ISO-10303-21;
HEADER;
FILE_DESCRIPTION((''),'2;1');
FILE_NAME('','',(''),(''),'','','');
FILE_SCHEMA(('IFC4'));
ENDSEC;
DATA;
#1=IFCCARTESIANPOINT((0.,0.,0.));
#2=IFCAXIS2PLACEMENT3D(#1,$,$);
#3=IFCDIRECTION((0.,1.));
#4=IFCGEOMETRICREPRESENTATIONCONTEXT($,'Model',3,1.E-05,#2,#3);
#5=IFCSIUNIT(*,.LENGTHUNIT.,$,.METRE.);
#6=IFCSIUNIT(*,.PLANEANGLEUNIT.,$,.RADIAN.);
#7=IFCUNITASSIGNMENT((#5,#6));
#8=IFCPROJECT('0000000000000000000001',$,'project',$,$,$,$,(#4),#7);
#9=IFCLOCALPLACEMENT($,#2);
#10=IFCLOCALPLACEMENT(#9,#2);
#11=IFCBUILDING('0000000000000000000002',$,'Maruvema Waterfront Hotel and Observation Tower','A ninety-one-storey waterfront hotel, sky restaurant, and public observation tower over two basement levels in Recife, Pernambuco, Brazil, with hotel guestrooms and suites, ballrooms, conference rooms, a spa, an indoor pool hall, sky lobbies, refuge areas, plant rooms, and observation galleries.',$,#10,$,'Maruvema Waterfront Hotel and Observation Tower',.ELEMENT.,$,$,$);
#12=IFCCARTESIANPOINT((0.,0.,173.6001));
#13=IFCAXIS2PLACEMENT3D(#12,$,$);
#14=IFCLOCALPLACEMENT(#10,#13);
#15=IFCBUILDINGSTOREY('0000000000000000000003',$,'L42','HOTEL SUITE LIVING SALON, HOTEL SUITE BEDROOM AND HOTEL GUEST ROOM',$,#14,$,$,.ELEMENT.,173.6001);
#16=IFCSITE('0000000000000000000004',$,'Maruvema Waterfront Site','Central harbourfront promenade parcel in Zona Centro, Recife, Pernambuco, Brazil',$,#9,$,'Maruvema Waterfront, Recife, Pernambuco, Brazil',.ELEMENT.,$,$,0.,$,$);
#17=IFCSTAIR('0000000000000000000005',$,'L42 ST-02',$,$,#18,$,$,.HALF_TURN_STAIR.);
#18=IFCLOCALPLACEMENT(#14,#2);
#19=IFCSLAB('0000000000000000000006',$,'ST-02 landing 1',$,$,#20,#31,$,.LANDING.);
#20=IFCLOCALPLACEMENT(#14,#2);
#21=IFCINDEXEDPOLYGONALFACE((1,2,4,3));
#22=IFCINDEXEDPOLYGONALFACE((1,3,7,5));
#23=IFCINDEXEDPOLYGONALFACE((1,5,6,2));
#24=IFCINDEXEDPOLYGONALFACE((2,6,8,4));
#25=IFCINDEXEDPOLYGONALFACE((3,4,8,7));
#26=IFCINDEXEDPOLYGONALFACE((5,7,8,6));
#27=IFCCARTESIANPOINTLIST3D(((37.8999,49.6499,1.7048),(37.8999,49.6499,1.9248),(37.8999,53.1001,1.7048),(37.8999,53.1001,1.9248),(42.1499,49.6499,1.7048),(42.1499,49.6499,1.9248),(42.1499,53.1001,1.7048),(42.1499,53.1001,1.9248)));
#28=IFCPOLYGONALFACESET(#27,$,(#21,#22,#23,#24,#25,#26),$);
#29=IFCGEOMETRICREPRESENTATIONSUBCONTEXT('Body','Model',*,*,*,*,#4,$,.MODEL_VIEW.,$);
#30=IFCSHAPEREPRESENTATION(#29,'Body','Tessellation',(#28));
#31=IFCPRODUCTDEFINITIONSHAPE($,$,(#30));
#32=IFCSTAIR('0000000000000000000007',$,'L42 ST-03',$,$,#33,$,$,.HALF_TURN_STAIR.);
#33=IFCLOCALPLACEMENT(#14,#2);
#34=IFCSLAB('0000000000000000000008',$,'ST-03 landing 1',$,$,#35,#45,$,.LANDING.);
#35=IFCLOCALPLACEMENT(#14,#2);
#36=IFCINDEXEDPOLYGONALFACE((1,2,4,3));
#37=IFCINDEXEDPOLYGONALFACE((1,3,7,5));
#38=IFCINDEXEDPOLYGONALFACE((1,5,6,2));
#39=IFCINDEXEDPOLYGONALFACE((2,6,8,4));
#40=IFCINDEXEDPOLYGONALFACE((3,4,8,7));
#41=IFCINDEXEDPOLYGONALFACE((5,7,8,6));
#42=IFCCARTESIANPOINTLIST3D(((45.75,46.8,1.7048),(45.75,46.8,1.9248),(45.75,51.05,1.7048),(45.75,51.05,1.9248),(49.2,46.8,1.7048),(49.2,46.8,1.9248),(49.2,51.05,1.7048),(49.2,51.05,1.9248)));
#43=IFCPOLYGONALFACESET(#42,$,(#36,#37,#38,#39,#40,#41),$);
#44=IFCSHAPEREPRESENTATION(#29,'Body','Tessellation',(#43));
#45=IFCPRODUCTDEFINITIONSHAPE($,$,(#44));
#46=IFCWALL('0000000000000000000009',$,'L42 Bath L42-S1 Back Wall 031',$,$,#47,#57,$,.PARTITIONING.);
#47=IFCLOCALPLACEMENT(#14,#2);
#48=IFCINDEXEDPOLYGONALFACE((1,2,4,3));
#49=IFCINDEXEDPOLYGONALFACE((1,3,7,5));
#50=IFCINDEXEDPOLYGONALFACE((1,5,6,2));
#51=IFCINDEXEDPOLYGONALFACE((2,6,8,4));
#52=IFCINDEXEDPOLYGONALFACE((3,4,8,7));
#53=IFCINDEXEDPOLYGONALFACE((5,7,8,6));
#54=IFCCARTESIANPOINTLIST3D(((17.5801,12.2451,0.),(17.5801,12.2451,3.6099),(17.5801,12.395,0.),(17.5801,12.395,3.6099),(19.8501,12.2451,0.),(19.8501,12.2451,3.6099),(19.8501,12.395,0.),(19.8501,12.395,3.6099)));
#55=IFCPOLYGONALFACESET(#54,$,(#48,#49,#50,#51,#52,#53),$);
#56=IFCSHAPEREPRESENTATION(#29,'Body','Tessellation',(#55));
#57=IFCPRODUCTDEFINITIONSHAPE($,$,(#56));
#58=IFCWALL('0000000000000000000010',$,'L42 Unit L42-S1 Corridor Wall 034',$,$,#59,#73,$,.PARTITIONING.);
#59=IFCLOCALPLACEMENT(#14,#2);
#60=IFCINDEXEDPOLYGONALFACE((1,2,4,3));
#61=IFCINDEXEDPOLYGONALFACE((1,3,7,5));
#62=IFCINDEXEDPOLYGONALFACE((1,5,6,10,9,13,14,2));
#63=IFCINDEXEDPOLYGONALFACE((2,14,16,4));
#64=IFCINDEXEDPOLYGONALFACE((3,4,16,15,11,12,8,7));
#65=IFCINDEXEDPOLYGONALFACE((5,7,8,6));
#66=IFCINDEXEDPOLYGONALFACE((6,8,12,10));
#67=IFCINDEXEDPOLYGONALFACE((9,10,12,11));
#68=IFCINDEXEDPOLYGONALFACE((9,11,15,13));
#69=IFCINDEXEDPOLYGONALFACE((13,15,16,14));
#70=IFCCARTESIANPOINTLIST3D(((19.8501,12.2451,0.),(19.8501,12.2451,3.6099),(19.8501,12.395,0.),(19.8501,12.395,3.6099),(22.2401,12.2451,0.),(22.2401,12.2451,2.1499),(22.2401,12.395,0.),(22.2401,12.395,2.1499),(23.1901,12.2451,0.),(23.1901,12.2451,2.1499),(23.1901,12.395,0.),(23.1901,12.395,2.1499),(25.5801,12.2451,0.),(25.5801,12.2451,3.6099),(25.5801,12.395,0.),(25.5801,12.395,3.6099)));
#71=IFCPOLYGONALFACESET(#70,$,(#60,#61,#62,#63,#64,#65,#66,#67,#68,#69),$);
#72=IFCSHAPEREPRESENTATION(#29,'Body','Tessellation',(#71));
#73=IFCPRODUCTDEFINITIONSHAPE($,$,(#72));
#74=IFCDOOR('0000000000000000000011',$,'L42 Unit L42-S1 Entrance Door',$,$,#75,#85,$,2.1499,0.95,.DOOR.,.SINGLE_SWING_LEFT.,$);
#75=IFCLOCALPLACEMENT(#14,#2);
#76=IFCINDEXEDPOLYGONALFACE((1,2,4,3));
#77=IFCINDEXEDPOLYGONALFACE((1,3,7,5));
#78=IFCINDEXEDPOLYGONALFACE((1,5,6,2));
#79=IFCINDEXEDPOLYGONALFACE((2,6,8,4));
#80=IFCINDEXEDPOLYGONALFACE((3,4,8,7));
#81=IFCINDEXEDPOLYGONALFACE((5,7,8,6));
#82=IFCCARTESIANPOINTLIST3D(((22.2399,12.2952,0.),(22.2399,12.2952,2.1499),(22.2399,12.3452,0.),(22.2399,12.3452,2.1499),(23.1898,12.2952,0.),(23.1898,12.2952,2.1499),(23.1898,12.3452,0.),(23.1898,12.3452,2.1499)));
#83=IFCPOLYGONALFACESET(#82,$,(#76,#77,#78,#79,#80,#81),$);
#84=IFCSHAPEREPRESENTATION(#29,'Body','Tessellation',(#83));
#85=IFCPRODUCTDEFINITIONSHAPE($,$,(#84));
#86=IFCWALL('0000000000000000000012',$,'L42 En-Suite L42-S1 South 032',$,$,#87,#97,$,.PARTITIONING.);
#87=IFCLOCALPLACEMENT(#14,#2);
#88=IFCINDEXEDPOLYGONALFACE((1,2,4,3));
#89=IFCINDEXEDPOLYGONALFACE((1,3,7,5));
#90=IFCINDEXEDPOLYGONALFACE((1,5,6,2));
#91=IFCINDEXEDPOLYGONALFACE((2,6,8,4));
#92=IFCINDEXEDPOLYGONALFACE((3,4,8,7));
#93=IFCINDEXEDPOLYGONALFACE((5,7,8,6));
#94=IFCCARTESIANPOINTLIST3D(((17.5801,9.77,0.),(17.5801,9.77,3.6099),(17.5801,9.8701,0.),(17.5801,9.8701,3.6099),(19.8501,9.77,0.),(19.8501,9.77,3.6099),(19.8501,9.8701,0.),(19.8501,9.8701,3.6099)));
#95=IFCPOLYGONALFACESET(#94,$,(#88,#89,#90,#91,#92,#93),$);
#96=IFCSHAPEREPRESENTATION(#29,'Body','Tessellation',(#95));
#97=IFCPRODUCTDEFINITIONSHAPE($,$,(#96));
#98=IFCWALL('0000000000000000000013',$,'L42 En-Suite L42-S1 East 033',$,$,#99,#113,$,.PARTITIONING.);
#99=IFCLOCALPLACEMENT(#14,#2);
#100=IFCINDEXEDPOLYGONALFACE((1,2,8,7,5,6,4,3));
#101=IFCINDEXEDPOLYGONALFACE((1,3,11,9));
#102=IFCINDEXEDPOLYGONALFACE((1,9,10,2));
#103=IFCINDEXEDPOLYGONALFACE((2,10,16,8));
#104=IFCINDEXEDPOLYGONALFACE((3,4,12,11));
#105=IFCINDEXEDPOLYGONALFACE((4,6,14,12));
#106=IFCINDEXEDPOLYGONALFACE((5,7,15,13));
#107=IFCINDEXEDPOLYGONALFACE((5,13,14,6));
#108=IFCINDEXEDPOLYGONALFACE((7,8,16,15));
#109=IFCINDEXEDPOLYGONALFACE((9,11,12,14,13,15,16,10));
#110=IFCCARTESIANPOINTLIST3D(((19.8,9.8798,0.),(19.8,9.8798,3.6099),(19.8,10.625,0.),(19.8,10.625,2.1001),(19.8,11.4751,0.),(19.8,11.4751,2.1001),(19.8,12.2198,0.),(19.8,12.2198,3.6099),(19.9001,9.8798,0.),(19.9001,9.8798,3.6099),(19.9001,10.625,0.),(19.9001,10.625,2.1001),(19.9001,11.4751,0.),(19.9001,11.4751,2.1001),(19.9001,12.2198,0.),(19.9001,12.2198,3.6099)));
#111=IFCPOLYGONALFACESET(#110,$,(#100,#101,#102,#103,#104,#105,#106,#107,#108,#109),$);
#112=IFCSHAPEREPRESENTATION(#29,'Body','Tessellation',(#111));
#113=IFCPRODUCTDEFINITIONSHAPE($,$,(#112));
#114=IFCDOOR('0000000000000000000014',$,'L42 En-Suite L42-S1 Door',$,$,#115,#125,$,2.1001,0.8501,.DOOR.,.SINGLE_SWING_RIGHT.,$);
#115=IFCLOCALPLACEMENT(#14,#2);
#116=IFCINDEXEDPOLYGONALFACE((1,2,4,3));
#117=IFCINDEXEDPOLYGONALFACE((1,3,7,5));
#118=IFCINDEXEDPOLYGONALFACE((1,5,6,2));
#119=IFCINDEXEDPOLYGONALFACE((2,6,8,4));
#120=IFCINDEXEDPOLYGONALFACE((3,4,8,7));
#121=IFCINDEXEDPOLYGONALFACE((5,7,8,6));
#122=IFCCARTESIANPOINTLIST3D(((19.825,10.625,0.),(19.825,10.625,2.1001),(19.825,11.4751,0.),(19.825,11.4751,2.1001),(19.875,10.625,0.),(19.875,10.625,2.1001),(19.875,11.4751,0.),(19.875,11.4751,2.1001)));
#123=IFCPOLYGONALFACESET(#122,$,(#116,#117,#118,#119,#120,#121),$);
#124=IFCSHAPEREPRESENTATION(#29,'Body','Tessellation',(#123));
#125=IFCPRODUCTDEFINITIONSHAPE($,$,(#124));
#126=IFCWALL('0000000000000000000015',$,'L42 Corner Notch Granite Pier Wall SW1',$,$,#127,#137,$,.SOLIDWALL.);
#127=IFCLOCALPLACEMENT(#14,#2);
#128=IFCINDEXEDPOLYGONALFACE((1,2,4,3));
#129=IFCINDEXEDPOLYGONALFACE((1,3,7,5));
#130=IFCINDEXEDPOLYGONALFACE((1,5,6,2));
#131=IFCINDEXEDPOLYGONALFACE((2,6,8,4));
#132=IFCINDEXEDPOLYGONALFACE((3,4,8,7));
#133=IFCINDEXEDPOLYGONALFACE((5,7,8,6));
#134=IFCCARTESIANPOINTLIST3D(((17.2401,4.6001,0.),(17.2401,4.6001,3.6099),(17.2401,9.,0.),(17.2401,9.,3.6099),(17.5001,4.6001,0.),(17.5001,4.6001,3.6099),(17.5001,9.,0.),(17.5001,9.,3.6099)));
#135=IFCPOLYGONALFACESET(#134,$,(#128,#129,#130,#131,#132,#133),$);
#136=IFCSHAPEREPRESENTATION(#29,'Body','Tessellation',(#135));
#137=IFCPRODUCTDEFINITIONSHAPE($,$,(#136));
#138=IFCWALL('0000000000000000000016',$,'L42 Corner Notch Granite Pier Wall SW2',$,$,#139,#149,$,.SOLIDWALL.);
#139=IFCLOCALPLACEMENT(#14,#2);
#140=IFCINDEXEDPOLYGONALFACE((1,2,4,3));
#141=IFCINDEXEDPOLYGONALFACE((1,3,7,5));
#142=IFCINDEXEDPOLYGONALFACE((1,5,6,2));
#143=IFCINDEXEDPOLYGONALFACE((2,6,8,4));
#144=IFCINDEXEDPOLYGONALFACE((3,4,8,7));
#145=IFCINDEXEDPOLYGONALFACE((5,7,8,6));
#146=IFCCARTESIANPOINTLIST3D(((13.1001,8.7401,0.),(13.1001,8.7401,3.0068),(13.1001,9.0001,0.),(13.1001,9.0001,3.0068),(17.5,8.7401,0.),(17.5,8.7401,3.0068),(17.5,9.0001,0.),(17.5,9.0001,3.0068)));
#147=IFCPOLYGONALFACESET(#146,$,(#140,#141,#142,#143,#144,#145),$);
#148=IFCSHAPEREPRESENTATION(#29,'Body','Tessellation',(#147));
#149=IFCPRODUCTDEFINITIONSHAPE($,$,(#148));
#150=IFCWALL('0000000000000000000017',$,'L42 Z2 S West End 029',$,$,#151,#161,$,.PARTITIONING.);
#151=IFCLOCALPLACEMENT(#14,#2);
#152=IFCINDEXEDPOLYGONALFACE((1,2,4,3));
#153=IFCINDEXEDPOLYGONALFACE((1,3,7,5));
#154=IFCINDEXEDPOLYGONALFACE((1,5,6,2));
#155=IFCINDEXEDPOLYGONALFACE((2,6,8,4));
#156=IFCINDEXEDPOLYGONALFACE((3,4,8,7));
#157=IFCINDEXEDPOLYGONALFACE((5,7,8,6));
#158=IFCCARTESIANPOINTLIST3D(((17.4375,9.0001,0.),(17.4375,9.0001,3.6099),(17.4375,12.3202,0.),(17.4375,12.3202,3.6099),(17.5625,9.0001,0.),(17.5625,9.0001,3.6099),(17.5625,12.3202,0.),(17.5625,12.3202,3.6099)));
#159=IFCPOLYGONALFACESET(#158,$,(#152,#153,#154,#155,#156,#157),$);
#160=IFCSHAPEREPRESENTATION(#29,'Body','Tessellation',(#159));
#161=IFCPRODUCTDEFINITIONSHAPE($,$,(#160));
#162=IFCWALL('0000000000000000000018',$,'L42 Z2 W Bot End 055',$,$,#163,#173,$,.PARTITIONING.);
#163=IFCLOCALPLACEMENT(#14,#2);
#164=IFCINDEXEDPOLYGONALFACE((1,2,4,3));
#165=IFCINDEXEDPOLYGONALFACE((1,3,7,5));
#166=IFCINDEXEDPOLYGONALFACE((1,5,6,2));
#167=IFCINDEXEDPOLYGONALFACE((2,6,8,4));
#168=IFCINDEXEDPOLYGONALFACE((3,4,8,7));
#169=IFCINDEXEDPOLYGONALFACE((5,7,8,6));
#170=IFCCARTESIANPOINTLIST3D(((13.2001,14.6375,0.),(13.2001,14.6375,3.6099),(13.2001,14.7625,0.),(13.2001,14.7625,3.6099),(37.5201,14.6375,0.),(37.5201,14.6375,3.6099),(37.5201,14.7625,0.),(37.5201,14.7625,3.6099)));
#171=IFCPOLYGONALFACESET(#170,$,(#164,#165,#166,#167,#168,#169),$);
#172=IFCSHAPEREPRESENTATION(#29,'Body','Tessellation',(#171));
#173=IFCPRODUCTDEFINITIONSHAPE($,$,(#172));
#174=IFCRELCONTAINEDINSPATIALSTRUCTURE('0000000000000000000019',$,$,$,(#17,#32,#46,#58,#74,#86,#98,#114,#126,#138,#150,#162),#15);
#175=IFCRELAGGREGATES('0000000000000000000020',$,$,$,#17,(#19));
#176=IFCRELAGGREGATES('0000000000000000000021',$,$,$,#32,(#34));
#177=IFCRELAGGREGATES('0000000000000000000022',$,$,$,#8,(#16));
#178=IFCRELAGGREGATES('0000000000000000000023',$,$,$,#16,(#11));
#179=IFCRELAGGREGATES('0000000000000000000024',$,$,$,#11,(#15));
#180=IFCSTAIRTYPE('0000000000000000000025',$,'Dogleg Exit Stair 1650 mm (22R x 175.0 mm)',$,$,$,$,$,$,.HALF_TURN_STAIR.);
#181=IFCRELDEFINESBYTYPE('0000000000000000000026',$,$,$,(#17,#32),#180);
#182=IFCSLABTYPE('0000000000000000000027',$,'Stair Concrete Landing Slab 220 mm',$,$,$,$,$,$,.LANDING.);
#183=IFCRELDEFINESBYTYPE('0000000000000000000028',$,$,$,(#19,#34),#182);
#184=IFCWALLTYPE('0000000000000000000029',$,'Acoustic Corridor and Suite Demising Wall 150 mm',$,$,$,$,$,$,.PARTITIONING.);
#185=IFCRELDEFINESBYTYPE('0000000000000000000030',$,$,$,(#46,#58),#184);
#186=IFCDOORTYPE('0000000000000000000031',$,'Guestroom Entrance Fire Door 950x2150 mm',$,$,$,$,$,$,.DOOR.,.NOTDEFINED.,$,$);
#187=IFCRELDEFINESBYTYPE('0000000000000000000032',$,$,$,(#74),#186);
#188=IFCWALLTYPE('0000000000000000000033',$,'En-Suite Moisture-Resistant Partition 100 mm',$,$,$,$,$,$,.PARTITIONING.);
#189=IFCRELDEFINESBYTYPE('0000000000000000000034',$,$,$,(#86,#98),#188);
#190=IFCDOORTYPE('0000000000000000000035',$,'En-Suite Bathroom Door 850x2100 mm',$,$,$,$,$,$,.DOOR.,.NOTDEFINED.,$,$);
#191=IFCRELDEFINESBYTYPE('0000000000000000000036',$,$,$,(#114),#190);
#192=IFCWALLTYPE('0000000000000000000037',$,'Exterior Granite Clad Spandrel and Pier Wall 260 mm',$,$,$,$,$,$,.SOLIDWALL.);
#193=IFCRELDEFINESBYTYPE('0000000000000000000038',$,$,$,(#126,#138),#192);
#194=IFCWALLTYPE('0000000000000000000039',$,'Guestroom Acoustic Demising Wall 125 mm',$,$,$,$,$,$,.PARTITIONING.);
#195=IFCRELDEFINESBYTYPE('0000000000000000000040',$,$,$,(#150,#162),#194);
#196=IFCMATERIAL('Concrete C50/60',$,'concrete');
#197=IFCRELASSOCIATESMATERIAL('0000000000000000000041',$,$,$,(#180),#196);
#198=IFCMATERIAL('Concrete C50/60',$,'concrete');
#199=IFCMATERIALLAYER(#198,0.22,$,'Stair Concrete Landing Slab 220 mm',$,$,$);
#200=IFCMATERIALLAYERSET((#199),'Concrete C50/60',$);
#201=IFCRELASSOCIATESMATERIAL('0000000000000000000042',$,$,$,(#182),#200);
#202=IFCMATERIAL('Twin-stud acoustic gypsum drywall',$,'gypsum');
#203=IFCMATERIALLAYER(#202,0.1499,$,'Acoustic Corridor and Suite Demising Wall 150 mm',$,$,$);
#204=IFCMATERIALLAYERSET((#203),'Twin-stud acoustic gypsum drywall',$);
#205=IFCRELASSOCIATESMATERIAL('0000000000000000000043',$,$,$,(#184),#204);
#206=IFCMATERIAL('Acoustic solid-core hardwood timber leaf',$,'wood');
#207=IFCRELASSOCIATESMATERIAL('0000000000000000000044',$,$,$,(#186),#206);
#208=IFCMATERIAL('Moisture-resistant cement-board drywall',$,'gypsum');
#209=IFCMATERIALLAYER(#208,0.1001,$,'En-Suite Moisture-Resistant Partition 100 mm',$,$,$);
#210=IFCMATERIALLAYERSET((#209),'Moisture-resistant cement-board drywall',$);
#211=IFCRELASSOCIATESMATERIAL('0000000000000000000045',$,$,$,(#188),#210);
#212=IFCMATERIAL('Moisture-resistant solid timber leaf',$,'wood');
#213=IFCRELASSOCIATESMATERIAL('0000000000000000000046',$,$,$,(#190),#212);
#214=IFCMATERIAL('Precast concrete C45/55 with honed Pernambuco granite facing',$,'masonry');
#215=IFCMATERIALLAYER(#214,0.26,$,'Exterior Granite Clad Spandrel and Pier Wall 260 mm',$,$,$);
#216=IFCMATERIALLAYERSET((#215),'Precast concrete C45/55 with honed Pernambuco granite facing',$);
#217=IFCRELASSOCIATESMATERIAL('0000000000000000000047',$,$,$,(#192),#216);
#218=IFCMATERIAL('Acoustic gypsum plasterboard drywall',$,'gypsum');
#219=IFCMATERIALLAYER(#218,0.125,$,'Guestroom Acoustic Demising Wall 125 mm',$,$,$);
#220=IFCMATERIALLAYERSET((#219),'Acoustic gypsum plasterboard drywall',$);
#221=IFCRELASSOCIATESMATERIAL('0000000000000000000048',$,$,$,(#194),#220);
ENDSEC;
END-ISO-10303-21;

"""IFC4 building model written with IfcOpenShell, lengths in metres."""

from ifc_helpers import new_model, si_unit, direction, frame, frame_2d, origin, place, context, subcontext, project, spatial, polyline, rectangle, outline, extrude, material, layer, layer_set, type_object, element, fill, aggregate, save


model = new_model("IFC4")

# Units and contexts
model_context = context("Model", 3, precision=1e-05, world=origin(), true_north=direction((0.0, 1.0)))
body_context = subcontext(model_context, "Body", "Model", "MODEL_VIEW")
ifc_project = project(units=[si_unit("LENGTHUNIT", "METRE"), si_unit("PLANEANGLEUNIT", "RADIAN")], contexts=[model_context])

# Site, building, storey
site_placement = place(None, origin())
site = spatial("IfcSite", under=ifc_project, at=site_placement, Name="Maruvema Waterfront Site", Description="Central harbourfront promenade parcel in Zona Centro, Recife, Pernambuco, Brazil", LongName="Maruvema Waterfront, Recife, Pernambuco, Brazil", CompositionType="ELEMENT", RefElevation=0.0)
building_placement = place(site_placement, origin())
building = spatial("IfcBuilding", under=site, at=building_placement, Name="Maruvema Waterfront Hotel and Observation Tower", Description="A ninety-one-storey waterfront hotel, sky restaurant, and public observation tower over two basement levels in Recife, Pernambuco, Brazil, with hotel guestrooms and suites, ballrooms, conference rooms, a spa, an indoor pool hall, sky lobbies, refuge areas, plant rooms, and observation galleries.", LongName="Maruvema Waterfront Hotel and Observation Tower", CompositionType="ELEMENT")
storey_placement = place(building_placement, frame((0.0, 0.0, 173.6001)))
storey = spatial("IfcBuildingStorey", under=building, at=storey_placement, Name="L42", Description="HOTEL SUITE LIVING SALON, HOTEL SUITE BEDROOM AND HOTEL GUEST ROOM", CompositionType="ELEMENT", Elevation=173.6001)

# Stairs, slabs
ifc_material_1 = material(Name="Concrete C50/60", Category="concrete")
stair_type = type_object("IfcStairType", Name="Dogleg Exit Stair 1650 mm (22R x 175.0 mm)", PredefinedType="HALF_TURN_STAIR", material=ifc_material_1)
ifc_material_2 = material(Name="Concrete C50/60", Category="concrete")
ifc_layer_1 = layer(ifc_material_2, 0.22, Name="Stair Concrete Landing Slab 220 mm")
ifc_layer_set_1 = layer_set([ifc_layer_1], Name="Concrete C50/60")
slab_type_1 = type_object("IfcSlabType", Name="Stair Concrete Landing Slab 220 mm", PredefinedType="LANDING", material=ifc_layer_set_1)
stair_1_placement = place(storey_placement, origin())
stair_1 = element("IfcStair", 1, at=stair_1_placement, inside=storey, type_object=stair_type, Name="L42 ST-02", PredefinedType="HALF_TURN_STAIR")
slab_1_placement = place(storey_placement, frame((0.0, 0.0, 1.7048)))
slab_1 = element("IfcSlab", 2, at=slab_1_placement, type_object=slab_type_1, Name="ST-02 landing 1", PredefinedType="LANDING", context=body_context, shape_type="SweptSolid", body=[
    extrude(outline(polyline([(37.8999, 49.6499), (42.1499, 49.6499), (42.1499, 53.1001), (37.8999, 53.1001), (37.8999, 49.6499)])), origin(), (0.0, 0.0, 1.0), 0.22),
])
aggregate(stair_1, [slab_1])
stair_2_placement = place(storey_placement, origin())
stair_2 = element("IfcStair", 3, at=stair_2_placement, inside=storey, type_object=stair_type, Name="L42 ST-03", PredefinedType="HALF_TURN_STAIR")
slab_2_placement = place(storey_placement, frame((0.0, 0.0, 1.7048)))
slab_2 = element("IfcSlab", 4, at=slab_2_placement, type_object=slab_type_1, Name="ST-03 landing 1", PredefinedType="LANDING", context=body_context, shape_type="SweptSolid", body=[
    extrude(outline(polyline([(49.2, 46.8), (49.2, 51.05), (45.75, 51.05), (45.75, 46.8), (49.2, 46.8)])), origin(), (0.0, 0.0, 1.0), 0.22),
])
aggregate(stair_2, [slab_2])

# Wall
ifc_material_3 = material(Name="Twin-stud acoustic gypsum drywall", Category="gypsum")
ifc_layer_2 = layer(ifc_material_3, 0.1499, Name="Acoustic Corridor and Suite Demising Wall 150 mm")
ifc_layer_set_2 = layer_set([ifc_layer_2], Name="Twin-stud acoustic gypsum drywall")
wall_type_1 = type_object("IfcWallType", Name="Acoustic Corridor and Suite Demising Wall 150 mm", PredefinedType="PARTITIONING", material=ifc_layer_set_2)
wall_1_placement = place(storey_placement, frame((17.5801, 12.3201, 0.0), z_axis=(0.0, 0.0, 1.0), x_axis=(1.0, 0.0, 0.0)))
element("IfcWall", 5, at=wall_1_placement, inside=storey, type_object=wall_type_1, Name="L42 Bath L42-S1 Back Wall 031", PredefinedType="PARTITIONING", context=body_context, shape_type="SweptSolid", body=[
    extrude(rectangle(XDim=2.27, YDim=0.1499, at=frame_2d((1.135, 0.0))), origin(), (0.0, 0.0, 1.0), 3.6099),
])

# Wall, opening, door
wall_2_placement = place(storey_placement, frame((19.8501, 12.3201, 0.0), z_axis=(0.0, 0.0, 1.0), x_axis=(1.0, 0.0, 0.0)))
wall_2 = element("IfcWall", 6, at=wall_2_placement, inside=storey, type_object=wall_type_1, Name="L42 Unit L42-S1 Corridor Wall 034", PredefinedType="PARTITIONING", context=body_context, shape_type="SweptSolid", body=[
    extrude(rectangle(XDim=5.73, YDim=0.1499, at=frame_2d((2.865, 0.0))), origin(), (0.0, 0.0, 1.0), 3.6099),
])
opening_1_placement = place(wall_2_placement, frame((2.3899, 0.0, 0.0)))
opening_1 = element("IfcOpeningElement", 7, at=opening_1_placement, cuts=wall_2, PredefinedType="OPENING", context=body_context, shape_type="SweptSolid", body=[
    extrude(rectangle(XDim=0.95, YDim=2.1499, at=frame_2d((0.4751, 1.075))), frame((0.0, 0.085, 0.0), z_axis=(0.0, -1.0, 0.0), x_axis=(1.0, 0.0, 0.0)), (0.0, 0.0, 1.0), 0.1699),
])
ifc_material_4 = material(Name="Acoustic solid-core hardwood timber leaf", Category="wood")
door_type_1 = type_object("IfcDoorType", Name="Guestroom Entrance Fire Door 950x2150 mm", OperationType="NOTDEFINED", PredefinedType="DOOR", material=ifc_material_4)
door_1_placement = place(opening_1_placement, frame((0.95, 0.0, 0.0), z_axis=(0.0, 0.0, 1.0), x_axis=(-1.0, 0.0, 0.0)))
door_1 = element("IfcDoor", 8, at=door_1_placement, inside=storey, type_object=door_type_1, Name="L42 Unit L42-S1 Entrance Door", OperationType="SINGLE_SWING_LEFT", OverallHeight=2.1499, OverallWidth=0.95, PredefinedType="DOOR", context=body_context, shape_type="SweptSolid", body=[
    extrude(rectangle(XDim=0.95, YDim=2.1499, at=frame_2d((0.4751, 1.075))), frame((0.0, 0.0249, 0.0), z_axis=(0.0, -1.0, 0.0), x_axis=(1.0, 0.0, 0.0)), (0.0, 0.0, 1.0), 0.05),
])
fill(opening_1, door_1)

# Wall
ifc_material_5 = material(Name="Moisture-resistant cement-board drywall", Category="gypsum")
ifc_layer_3 = layer(ifc_material_5, 0.1001, Name="En-Suite Moisture-Resistant Partition 100 mm")
ifc_layer_set_3 = layer_set([ifc_layer_3], Name="Moisture-resistant cement-board drywall")
wall_type_2 = type_object("IfcWallType", Name="En-Suite Moisture-Resistant Partition 100 mm", PredefinedType="PARTITIONING", material=ifc_layer_set_3)
wall_3_placement = place(storey_placement, frame((17.5801, 9.8201, 0.0), z_axis=(0.0, 0.0, 1.0), x_axis=(1.0, 0.0, 0.0)))
element("IfcWall", 9, at=wall_3_placement, inside=storey, type_object=wall_type_2, Name="L42 En-Suite L42-S1 South 032", PredefinedType="PARTITIONING", context=body_context, shape_type="SweptSolid", body=[
    extrude(rectangle(XDim=2.27, YDim=0.1001, at=frame_2d((1.135, 0.0))), origin(), (0.0, 0.0, 1.0), 3.6099),
])

# Wall, opening, door
wall_4_placement = place(storey_placement, frame((19.8501, 9.8799, 0.0), z_axis=(0.0, 0.0, 1.0), x_axis=(0.0, 1.0, 0.0)))
wall_4 = element("IfcWall", 10, at=wall_4_placement, inside=storey, type_object=wall_type_2, Name="L42 En-Suite L42-S1 East 033", PredefinedType="PARTITIONING", context=body_context, shape_type="SweptSolid", body=[
    extrude(rectangle(XDim=2.3401, YDim=0.1001, at=frame_2d((1.1699, 0.0))), origin(), (0.0, 0.0, 1.0), 3.6099),
])
opening_2_placement = place(wall_4_placement, frame((0.7451, 0.0, 0.0)))
opening_2 = element("IfcOpeningElement", 11, at=opening_2_placement, cuts=wall_4, PredefinedType="OPENING", context=body_context, shape_type="SweptSolid", body=[
    extrude(rectangle(XDim=0.8501, YDim=2.1001, at=frame_2d((0.425, 1.05))), frame((0.0, 0.0601, 0.0), z_axis=(0.0, -1.0, 0.0), x_axis=(1.0, 0.0, 0.0)), (0.0, 0.0, 1.0), 0.1201),
])
ifc_material_6 = material(Name="Moisture-resistant solid timber leaf", Category="wood")
door_type_2 = type_object("IfcDoorType", Name="En-Suite Bathroom Door 850x2100 mm", OperationType="NOTDEFINED", PredefinedType="DOOR", material=ifc_material_6)
door_2_placement = place(opening_2_placement, frame((0.8501, 0.0, 0.0), z_axis=(0.0, 0.0, 1.0), x_axis=(-1.0, 0.0, 0.0)))
door_2 = element("IfcDoor", 12, at=door_2_placement, inside=storey, type_object=door_type_2, Name="L42 En-Suite L42-S1 Door", OperationType="SINGLE_SWING_RIGHT", OverallHeight=2.1001, OverallWidth=0.8501, PredefinedType="DOOR", context=body_context, shape_type="SweptSolid", body=[
    extrude(rectangle(XDim=0.8501, YDim=2.1001, at=frame_2d((0.425, 1.05))), frame((0.0, 0.0249, 0.0), z_axis=(0.0, -1.0, 0.0), x_axis=(1.0, 0.0, 0.0)), (0.0, 0.0, 1.0), 0.05),
])
fill(opening_2, door_2)

# Walls
ifc_material_7 = material(Name="Precast concrete C45/55 with honed Pernambuco granite facing", Category="masonry")
ifc_layer_4 = layer(ifc_material_7, 0.26, Name="Exterior Granite Clad Spandrel and Pier Wall 260 mm")
ifc_layer_set_4 = layer_set([ifc_layer_4], Name="Precast concrete C45/55 with honed Pernambuco granite facing")
wall_type_3 = type_object("IfcWallType", Name="Exterior Granite Clad Spandrel and Pier Wall 260 mm", PredefinedType="SOLIDWALL", material=ifc_layer_set_4)
wall_5_placement = place(storey_placement, frame((17.3701, 4.6001, 0.0), z_axis=(0.0, 0.0, 1.0), x_axis=(0.0, 1.0, 0.0)))
element("IfcWall", 13, at=wall_5_placement, inside=storey, type_object=wall_type_3, Name="L42 Corner Notch Granite Pier Wall SW1", PredefinedType="SOLIDWALL", context=body_context, shape_type="SweptSolid", body=[
    extrude(rectangle(XDim=4.3999, YDim=0.26, at=frame_2d((2.2, 0.0))), origin(), (0.0, 0.0, 1.0), 3.6099),
])
wall_6_placement = place(storey_placement, frame((17.5, 8.8701, 0.0), z_axis=(0.0, 0.0, 1.0), x_axis=(-1.0, 0.0, 0.0)))
element("IfcWall", 14, at=wall_6_placement, inside=storey, type_object=wall_type_3, Name="L42 Corner Notch Granite Pier Wall SW2", PredefinedType="SOLIDWALL", context=body_context, shape_type="SweptSolid", body=[
    extrude(rectangle(XDim=4.3999, YDim=0.26, at=frame_2d((2.2, 0.0))), origin(), (0.0, 0.0, 1.0), 3.0068),
])
ifc_material_8 = material(Name="Acoustic gypsum plasterboard drywall", Category="gypsum")
ifc_layer_5 = layer(ifc_material_8, 0.125, Name="Guestroom Acoustic Demising Wall 125 mm")
ifc_layer_set_5 = layer_set([ifc_layer_5], Name="Acoustic gypsum plasterboard drywall")
wall_type_4 = type_object("IfcWallType", Name="Guestroom Acoustic Demising Wall 125 mm", PredefinedType="PARTITIONING", material=ifc_layer_set_5)
wall_7_placement = place(storey_placement, frame((17.5, 9.0, 0.0), z_axis=(0.0, 0.0, 1.0), x_axis=(0.0, 1.0, 0.0)))
element("IfcWall", 15, at=wall_7_placement, inside=storey, type_object=wall_type_4, Name="L42 Z2 S West End 029", PredefinedType="PARTITIONING", context=body_context, shape_type="SweptSolid", body=[
    extrude(rectangle(XDim=3.3201, YDim=0.125, at=frame_2d((1.6602, 0.0))), origin(), (0.0, 0.0, 1.0), 3.6099),
])
wall_8_placement = place(storey_placement, frame((13.2, 14.7, 0.0), z_axis=(0.0, 0.0, 1.0), x_axis=(1.0, 0.0, 0.0)))
element("IfcWall", 16, at=wall_8_placement, inside=storey, type_object=wall_type_4, Name="L42 Z2 W Bot End 055", PredefinedType="PARTITIONING", context=body_context, shape_type="SweptSolid", body=[
    extrude(rectangle(XDim=24.3201, YDim=0.125, at=frame_2d((12.1602, 0.0))), origin(), (0.0, 0.0, 1.0), 3.6099),
])

save(model, "model.ifc")
